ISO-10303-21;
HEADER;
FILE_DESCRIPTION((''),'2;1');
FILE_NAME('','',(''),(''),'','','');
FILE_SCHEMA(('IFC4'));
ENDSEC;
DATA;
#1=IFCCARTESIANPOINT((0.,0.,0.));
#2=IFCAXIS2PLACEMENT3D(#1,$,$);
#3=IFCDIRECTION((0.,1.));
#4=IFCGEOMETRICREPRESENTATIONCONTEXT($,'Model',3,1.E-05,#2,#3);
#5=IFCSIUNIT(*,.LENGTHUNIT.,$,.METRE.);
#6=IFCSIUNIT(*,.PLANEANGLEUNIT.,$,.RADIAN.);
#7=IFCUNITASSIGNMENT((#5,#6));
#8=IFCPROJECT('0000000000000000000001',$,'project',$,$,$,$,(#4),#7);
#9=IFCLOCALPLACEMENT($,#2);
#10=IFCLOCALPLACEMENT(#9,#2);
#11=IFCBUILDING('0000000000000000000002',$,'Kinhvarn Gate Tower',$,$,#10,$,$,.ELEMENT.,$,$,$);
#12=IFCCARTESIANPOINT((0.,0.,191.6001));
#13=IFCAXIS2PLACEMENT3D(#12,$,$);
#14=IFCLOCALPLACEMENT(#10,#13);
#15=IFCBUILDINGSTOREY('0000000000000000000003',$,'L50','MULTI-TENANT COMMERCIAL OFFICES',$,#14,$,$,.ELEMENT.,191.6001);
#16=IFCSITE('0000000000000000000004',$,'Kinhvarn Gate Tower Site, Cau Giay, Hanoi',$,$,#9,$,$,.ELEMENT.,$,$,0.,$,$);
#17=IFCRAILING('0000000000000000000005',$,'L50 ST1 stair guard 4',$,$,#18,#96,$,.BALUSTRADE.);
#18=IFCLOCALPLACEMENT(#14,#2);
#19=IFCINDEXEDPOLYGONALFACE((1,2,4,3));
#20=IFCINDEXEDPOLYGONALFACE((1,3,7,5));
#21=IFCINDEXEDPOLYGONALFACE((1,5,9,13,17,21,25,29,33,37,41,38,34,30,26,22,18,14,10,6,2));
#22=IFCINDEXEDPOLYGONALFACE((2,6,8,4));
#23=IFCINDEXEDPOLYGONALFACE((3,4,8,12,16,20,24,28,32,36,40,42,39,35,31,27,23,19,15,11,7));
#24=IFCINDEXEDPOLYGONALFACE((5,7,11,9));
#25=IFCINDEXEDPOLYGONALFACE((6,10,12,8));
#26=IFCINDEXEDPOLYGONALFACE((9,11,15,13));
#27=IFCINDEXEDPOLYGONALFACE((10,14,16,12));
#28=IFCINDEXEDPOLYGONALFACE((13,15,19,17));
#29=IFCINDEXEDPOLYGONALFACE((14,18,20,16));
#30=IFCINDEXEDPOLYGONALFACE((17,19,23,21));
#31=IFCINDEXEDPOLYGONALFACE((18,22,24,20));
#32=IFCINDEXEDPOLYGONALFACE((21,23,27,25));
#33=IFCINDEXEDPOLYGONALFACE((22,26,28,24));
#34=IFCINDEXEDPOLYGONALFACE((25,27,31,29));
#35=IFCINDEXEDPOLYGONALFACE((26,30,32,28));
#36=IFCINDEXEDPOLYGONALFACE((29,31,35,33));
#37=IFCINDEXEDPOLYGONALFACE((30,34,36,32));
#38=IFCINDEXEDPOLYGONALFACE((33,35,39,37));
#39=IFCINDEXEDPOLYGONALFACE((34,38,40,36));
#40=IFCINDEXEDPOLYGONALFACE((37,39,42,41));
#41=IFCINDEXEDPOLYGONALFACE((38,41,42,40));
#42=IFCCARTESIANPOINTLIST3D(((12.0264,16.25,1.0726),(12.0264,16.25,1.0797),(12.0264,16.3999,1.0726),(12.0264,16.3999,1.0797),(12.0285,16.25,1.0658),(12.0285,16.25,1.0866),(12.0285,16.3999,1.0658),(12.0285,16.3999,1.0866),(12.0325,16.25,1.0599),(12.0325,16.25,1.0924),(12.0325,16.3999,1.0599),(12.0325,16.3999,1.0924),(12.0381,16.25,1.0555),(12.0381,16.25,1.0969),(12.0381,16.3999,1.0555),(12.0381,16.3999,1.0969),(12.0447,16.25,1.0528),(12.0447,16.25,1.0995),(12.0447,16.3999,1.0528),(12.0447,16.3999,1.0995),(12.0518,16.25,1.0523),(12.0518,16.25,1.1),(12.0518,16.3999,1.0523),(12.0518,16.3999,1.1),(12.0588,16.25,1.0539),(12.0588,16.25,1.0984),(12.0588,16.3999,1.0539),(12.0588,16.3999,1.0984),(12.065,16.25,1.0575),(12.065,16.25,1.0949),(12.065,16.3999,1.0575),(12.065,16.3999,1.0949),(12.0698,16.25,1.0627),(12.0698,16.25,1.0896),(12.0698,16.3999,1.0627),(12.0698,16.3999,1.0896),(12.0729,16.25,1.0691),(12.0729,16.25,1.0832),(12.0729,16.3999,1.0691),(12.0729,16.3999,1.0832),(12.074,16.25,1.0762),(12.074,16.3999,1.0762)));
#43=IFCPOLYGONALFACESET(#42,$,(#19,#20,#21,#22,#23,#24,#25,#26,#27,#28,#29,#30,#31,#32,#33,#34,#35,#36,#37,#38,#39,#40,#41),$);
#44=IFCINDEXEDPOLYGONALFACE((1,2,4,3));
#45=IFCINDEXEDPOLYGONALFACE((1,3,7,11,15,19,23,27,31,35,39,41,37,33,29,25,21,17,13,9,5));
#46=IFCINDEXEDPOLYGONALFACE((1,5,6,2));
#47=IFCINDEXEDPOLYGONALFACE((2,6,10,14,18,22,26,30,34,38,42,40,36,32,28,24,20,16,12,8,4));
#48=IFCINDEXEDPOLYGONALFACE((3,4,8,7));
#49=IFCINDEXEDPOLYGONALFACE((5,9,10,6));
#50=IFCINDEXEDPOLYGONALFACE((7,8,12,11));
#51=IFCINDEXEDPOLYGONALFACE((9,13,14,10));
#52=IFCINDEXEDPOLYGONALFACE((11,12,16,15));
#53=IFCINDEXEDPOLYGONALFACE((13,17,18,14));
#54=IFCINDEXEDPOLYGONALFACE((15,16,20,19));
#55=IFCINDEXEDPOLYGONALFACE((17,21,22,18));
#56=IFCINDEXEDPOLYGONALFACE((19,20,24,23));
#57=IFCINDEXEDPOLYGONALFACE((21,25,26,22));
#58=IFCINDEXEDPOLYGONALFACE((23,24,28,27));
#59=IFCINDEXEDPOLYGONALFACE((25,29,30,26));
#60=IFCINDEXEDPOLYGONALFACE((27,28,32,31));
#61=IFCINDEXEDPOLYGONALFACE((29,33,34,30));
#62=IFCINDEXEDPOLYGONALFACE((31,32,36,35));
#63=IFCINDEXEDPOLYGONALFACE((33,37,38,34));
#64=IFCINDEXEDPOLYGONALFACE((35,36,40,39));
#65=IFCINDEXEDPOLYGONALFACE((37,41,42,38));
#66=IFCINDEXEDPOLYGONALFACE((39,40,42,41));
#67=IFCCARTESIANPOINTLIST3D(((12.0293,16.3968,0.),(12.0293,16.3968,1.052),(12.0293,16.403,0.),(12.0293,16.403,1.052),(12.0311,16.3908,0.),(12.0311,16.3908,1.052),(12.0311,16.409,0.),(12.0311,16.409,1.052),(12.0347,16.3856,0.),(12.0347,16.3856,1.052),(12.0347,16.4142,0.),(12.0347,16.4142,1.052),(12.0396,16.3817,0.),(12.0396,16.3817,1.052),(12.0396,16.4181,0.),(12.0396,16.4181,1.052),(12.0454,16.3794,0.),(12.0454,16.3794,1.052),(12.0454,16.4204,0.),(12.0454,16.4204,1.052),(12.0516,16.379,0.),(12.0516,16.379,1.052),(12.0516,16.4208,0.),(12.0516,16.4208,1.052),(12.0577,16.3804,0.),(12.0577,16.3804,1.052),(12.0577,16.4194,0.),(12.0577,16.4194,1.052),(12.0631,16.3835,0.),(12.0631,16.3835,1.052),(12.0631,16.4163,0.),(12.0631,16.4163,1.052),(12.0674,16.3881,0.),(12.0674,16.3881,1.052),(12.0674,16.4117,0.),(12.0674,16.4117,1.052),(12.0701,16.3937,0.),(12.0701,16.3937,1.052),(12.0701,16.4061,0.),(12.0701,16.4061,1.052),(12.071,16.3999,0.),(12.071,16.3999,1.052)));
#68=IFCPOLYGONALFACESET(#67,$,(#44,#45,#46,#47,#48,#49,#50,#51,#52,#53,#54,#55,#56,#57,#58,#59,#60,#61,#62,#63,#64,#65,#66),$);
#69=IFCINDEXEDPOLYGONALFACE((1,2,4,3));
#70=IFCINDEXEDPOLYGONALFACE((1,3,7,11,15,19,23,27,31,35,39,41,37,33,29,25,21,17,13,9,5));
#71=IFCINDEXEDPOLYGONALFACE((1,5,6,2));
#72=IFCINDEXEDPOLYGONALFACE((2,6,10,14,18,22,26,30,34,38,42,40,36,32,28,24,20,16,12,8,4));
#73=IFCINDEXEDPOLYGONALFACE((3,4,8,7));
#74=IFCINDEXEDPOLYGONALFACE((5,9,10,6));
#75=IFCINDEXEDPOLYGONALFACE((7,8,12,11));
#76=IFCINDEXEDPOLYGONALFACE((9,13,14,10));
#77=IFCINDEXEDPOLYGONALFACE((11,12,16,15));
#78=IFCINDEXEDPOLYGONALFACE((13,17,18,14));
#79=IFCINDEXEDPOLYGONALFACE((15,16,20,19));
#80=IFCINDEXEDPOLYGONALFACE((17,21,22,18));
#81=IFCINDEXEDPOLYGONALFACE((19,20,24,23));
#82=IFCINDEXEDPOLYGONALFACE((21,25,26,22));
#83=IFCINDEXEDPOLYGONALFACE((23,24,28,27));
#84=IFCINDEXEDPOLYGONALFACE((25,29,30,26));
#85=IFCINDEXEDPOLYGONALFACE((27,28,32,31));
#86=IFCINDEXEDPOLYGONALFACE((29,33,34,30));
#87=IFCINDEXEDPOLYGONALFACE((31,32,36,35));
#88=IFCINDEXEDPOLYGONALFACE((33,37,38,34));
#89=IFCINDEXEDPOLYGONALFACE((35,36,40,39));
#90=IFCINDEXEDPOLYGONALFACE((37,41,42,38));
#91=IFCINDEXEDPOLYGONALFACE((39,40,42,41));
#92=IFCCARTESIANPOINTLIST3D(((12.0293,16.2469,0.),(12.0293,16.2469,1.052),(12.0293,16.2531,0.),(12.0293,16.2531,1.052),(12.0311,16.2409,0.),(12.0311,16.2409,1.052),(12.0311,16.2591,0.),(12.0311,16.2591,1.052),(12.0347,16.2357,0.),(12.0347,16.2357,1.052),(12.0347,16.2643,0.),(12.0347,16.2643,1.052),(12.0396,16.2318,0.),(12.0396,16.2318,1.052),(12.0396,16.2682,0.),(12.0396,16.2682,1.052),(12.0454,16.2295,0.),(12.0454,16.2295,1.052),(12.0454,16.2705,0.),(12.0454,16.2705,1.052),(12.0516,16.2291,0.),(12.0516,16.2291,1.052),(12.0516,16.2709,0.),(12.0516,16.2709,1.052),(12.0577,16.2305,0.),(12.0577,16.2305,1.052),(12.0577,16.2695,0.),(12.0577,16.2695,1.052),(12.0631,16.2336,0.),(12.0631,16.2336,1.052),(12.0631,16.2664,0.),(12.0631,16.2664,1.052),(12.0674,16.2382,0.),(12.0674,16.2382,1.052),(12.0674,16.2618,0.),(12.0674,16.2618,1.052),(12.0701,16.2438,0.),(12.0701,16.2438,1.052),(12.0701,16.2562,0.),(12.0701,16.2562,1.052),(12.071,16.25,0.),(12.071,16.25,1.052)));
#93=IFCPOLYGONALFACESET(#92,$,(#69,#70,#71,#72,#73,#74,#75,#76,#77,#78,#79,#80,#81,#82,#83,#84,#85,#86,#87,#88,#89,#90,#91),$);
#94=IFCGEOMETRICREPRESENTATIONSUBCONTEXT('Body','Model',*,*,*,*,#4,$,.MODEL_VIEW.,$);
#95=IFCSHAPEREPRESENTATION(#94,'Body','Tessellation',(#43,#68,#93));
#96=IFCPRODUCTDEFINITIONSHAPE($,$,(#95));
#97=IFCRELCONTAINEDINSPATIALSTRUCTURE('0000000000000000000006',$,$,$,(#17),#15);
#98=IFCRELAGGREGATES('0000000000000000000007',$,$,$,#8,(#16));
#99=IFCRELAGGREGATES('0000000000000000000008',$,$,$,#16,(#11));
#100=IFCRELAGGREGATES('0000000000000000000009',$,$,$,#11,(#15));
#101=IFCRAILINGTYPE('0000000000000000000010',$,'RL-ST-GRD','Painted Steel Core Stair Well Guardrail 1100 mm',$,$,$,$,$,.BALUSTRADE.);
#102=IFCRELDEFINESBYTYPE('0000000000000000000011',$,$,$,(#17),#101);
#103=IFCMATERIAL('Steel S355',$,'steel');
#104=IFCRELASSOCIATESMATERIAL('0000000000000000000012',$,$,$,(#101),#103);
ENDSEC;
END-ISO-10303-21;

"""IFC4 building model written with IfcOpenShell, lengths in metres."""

from ifc_helpers import new_model, si_unit, direction, frame, origin, origin_2d, place, context, subcontext, project, spatial, circle, extrude, material, type_object, element, save


model = new_model("IFC4")

# Units and contexts
model_context = context("Model", 3, precision=1e-05, world=origin(), true_north=direction((0.0, 1.0)))
body_context = subcontext(model_context, "Body", "Model", "MODEL_VIEW")
ifc_project = project(units=[si_unit("LENGTHUNIT", "METRE"), si_unit("PLANEANGLEUNIT", "RADIAN")], contexts=[model_context])

# Site, building, storey
site_placement = place(None, origin())
site = spatial("IfcSite", under=ifc_project, at=site_placement, Name="Kinhvarn Gate Tower Site, Cau Giay, Hanoi", CompositionType="ELEMENT", RefElevation=0.0)
building_placement = place(site_placement, origin())
building = spatial("IfcBuilding", under=site, at=building_placement, Name="Kinhvarn Gate Tower", CompositionType="ELEMENT")
storey_placement = place(building_placement, frame((0.0, 0.0, 191.6001)))
storey = spatial("IfcBuildingStorey", under=building, at=storey_placement, Name="L50", Description="MULTI-TENANT COMMERCIAL OFFICES", CompositionType="ELEMENT", Elevation=191.6001)

# Shared definitions
ifc_material_1 = material(Name="Steel S355", Category="steel")

# Railing
railing_type_1 = type_object("IfcRailingType", Name="RL-ST-GRD", Description="Painted Steel Core Stair Well Guardrail 1100 mm", PredefinedType="BALUSTRADE", material=ifc_material_1)
railing_1_placement = place(storey_placement, frame((12.05, 16.3999, 0.0)))
element("IfcRailing", 1, at=railing_1_placement, inside=storey, type_object=railing_type_1, Name="L50 ST1 stair guard 4", PredefinedType="BALUSTRADE", context=body_context, shape_type="SweptSolid", body=[
    extrude(circle(Radius=0.0239, at=origin_2d()), frame((0.0, 0.0, 1.0762), z_axis=(0.0, -1.0, 0.0), x_axis=(1.0, 0.0, 0.0)), (0.0, 0.0, 1.0), 0.1499),
    extrude(circle(Radius=0.021, at=origin_2d()), origin(), (0.0, 0.0, 1.0), 1.052),
    extrude(circle(Radius=0.021, at=origin_2d()), frame((0.0, -0.1499, 0.0)), (0.0, 0.0, 1.0), 1.052),
])

save(model, "model.ifc")
